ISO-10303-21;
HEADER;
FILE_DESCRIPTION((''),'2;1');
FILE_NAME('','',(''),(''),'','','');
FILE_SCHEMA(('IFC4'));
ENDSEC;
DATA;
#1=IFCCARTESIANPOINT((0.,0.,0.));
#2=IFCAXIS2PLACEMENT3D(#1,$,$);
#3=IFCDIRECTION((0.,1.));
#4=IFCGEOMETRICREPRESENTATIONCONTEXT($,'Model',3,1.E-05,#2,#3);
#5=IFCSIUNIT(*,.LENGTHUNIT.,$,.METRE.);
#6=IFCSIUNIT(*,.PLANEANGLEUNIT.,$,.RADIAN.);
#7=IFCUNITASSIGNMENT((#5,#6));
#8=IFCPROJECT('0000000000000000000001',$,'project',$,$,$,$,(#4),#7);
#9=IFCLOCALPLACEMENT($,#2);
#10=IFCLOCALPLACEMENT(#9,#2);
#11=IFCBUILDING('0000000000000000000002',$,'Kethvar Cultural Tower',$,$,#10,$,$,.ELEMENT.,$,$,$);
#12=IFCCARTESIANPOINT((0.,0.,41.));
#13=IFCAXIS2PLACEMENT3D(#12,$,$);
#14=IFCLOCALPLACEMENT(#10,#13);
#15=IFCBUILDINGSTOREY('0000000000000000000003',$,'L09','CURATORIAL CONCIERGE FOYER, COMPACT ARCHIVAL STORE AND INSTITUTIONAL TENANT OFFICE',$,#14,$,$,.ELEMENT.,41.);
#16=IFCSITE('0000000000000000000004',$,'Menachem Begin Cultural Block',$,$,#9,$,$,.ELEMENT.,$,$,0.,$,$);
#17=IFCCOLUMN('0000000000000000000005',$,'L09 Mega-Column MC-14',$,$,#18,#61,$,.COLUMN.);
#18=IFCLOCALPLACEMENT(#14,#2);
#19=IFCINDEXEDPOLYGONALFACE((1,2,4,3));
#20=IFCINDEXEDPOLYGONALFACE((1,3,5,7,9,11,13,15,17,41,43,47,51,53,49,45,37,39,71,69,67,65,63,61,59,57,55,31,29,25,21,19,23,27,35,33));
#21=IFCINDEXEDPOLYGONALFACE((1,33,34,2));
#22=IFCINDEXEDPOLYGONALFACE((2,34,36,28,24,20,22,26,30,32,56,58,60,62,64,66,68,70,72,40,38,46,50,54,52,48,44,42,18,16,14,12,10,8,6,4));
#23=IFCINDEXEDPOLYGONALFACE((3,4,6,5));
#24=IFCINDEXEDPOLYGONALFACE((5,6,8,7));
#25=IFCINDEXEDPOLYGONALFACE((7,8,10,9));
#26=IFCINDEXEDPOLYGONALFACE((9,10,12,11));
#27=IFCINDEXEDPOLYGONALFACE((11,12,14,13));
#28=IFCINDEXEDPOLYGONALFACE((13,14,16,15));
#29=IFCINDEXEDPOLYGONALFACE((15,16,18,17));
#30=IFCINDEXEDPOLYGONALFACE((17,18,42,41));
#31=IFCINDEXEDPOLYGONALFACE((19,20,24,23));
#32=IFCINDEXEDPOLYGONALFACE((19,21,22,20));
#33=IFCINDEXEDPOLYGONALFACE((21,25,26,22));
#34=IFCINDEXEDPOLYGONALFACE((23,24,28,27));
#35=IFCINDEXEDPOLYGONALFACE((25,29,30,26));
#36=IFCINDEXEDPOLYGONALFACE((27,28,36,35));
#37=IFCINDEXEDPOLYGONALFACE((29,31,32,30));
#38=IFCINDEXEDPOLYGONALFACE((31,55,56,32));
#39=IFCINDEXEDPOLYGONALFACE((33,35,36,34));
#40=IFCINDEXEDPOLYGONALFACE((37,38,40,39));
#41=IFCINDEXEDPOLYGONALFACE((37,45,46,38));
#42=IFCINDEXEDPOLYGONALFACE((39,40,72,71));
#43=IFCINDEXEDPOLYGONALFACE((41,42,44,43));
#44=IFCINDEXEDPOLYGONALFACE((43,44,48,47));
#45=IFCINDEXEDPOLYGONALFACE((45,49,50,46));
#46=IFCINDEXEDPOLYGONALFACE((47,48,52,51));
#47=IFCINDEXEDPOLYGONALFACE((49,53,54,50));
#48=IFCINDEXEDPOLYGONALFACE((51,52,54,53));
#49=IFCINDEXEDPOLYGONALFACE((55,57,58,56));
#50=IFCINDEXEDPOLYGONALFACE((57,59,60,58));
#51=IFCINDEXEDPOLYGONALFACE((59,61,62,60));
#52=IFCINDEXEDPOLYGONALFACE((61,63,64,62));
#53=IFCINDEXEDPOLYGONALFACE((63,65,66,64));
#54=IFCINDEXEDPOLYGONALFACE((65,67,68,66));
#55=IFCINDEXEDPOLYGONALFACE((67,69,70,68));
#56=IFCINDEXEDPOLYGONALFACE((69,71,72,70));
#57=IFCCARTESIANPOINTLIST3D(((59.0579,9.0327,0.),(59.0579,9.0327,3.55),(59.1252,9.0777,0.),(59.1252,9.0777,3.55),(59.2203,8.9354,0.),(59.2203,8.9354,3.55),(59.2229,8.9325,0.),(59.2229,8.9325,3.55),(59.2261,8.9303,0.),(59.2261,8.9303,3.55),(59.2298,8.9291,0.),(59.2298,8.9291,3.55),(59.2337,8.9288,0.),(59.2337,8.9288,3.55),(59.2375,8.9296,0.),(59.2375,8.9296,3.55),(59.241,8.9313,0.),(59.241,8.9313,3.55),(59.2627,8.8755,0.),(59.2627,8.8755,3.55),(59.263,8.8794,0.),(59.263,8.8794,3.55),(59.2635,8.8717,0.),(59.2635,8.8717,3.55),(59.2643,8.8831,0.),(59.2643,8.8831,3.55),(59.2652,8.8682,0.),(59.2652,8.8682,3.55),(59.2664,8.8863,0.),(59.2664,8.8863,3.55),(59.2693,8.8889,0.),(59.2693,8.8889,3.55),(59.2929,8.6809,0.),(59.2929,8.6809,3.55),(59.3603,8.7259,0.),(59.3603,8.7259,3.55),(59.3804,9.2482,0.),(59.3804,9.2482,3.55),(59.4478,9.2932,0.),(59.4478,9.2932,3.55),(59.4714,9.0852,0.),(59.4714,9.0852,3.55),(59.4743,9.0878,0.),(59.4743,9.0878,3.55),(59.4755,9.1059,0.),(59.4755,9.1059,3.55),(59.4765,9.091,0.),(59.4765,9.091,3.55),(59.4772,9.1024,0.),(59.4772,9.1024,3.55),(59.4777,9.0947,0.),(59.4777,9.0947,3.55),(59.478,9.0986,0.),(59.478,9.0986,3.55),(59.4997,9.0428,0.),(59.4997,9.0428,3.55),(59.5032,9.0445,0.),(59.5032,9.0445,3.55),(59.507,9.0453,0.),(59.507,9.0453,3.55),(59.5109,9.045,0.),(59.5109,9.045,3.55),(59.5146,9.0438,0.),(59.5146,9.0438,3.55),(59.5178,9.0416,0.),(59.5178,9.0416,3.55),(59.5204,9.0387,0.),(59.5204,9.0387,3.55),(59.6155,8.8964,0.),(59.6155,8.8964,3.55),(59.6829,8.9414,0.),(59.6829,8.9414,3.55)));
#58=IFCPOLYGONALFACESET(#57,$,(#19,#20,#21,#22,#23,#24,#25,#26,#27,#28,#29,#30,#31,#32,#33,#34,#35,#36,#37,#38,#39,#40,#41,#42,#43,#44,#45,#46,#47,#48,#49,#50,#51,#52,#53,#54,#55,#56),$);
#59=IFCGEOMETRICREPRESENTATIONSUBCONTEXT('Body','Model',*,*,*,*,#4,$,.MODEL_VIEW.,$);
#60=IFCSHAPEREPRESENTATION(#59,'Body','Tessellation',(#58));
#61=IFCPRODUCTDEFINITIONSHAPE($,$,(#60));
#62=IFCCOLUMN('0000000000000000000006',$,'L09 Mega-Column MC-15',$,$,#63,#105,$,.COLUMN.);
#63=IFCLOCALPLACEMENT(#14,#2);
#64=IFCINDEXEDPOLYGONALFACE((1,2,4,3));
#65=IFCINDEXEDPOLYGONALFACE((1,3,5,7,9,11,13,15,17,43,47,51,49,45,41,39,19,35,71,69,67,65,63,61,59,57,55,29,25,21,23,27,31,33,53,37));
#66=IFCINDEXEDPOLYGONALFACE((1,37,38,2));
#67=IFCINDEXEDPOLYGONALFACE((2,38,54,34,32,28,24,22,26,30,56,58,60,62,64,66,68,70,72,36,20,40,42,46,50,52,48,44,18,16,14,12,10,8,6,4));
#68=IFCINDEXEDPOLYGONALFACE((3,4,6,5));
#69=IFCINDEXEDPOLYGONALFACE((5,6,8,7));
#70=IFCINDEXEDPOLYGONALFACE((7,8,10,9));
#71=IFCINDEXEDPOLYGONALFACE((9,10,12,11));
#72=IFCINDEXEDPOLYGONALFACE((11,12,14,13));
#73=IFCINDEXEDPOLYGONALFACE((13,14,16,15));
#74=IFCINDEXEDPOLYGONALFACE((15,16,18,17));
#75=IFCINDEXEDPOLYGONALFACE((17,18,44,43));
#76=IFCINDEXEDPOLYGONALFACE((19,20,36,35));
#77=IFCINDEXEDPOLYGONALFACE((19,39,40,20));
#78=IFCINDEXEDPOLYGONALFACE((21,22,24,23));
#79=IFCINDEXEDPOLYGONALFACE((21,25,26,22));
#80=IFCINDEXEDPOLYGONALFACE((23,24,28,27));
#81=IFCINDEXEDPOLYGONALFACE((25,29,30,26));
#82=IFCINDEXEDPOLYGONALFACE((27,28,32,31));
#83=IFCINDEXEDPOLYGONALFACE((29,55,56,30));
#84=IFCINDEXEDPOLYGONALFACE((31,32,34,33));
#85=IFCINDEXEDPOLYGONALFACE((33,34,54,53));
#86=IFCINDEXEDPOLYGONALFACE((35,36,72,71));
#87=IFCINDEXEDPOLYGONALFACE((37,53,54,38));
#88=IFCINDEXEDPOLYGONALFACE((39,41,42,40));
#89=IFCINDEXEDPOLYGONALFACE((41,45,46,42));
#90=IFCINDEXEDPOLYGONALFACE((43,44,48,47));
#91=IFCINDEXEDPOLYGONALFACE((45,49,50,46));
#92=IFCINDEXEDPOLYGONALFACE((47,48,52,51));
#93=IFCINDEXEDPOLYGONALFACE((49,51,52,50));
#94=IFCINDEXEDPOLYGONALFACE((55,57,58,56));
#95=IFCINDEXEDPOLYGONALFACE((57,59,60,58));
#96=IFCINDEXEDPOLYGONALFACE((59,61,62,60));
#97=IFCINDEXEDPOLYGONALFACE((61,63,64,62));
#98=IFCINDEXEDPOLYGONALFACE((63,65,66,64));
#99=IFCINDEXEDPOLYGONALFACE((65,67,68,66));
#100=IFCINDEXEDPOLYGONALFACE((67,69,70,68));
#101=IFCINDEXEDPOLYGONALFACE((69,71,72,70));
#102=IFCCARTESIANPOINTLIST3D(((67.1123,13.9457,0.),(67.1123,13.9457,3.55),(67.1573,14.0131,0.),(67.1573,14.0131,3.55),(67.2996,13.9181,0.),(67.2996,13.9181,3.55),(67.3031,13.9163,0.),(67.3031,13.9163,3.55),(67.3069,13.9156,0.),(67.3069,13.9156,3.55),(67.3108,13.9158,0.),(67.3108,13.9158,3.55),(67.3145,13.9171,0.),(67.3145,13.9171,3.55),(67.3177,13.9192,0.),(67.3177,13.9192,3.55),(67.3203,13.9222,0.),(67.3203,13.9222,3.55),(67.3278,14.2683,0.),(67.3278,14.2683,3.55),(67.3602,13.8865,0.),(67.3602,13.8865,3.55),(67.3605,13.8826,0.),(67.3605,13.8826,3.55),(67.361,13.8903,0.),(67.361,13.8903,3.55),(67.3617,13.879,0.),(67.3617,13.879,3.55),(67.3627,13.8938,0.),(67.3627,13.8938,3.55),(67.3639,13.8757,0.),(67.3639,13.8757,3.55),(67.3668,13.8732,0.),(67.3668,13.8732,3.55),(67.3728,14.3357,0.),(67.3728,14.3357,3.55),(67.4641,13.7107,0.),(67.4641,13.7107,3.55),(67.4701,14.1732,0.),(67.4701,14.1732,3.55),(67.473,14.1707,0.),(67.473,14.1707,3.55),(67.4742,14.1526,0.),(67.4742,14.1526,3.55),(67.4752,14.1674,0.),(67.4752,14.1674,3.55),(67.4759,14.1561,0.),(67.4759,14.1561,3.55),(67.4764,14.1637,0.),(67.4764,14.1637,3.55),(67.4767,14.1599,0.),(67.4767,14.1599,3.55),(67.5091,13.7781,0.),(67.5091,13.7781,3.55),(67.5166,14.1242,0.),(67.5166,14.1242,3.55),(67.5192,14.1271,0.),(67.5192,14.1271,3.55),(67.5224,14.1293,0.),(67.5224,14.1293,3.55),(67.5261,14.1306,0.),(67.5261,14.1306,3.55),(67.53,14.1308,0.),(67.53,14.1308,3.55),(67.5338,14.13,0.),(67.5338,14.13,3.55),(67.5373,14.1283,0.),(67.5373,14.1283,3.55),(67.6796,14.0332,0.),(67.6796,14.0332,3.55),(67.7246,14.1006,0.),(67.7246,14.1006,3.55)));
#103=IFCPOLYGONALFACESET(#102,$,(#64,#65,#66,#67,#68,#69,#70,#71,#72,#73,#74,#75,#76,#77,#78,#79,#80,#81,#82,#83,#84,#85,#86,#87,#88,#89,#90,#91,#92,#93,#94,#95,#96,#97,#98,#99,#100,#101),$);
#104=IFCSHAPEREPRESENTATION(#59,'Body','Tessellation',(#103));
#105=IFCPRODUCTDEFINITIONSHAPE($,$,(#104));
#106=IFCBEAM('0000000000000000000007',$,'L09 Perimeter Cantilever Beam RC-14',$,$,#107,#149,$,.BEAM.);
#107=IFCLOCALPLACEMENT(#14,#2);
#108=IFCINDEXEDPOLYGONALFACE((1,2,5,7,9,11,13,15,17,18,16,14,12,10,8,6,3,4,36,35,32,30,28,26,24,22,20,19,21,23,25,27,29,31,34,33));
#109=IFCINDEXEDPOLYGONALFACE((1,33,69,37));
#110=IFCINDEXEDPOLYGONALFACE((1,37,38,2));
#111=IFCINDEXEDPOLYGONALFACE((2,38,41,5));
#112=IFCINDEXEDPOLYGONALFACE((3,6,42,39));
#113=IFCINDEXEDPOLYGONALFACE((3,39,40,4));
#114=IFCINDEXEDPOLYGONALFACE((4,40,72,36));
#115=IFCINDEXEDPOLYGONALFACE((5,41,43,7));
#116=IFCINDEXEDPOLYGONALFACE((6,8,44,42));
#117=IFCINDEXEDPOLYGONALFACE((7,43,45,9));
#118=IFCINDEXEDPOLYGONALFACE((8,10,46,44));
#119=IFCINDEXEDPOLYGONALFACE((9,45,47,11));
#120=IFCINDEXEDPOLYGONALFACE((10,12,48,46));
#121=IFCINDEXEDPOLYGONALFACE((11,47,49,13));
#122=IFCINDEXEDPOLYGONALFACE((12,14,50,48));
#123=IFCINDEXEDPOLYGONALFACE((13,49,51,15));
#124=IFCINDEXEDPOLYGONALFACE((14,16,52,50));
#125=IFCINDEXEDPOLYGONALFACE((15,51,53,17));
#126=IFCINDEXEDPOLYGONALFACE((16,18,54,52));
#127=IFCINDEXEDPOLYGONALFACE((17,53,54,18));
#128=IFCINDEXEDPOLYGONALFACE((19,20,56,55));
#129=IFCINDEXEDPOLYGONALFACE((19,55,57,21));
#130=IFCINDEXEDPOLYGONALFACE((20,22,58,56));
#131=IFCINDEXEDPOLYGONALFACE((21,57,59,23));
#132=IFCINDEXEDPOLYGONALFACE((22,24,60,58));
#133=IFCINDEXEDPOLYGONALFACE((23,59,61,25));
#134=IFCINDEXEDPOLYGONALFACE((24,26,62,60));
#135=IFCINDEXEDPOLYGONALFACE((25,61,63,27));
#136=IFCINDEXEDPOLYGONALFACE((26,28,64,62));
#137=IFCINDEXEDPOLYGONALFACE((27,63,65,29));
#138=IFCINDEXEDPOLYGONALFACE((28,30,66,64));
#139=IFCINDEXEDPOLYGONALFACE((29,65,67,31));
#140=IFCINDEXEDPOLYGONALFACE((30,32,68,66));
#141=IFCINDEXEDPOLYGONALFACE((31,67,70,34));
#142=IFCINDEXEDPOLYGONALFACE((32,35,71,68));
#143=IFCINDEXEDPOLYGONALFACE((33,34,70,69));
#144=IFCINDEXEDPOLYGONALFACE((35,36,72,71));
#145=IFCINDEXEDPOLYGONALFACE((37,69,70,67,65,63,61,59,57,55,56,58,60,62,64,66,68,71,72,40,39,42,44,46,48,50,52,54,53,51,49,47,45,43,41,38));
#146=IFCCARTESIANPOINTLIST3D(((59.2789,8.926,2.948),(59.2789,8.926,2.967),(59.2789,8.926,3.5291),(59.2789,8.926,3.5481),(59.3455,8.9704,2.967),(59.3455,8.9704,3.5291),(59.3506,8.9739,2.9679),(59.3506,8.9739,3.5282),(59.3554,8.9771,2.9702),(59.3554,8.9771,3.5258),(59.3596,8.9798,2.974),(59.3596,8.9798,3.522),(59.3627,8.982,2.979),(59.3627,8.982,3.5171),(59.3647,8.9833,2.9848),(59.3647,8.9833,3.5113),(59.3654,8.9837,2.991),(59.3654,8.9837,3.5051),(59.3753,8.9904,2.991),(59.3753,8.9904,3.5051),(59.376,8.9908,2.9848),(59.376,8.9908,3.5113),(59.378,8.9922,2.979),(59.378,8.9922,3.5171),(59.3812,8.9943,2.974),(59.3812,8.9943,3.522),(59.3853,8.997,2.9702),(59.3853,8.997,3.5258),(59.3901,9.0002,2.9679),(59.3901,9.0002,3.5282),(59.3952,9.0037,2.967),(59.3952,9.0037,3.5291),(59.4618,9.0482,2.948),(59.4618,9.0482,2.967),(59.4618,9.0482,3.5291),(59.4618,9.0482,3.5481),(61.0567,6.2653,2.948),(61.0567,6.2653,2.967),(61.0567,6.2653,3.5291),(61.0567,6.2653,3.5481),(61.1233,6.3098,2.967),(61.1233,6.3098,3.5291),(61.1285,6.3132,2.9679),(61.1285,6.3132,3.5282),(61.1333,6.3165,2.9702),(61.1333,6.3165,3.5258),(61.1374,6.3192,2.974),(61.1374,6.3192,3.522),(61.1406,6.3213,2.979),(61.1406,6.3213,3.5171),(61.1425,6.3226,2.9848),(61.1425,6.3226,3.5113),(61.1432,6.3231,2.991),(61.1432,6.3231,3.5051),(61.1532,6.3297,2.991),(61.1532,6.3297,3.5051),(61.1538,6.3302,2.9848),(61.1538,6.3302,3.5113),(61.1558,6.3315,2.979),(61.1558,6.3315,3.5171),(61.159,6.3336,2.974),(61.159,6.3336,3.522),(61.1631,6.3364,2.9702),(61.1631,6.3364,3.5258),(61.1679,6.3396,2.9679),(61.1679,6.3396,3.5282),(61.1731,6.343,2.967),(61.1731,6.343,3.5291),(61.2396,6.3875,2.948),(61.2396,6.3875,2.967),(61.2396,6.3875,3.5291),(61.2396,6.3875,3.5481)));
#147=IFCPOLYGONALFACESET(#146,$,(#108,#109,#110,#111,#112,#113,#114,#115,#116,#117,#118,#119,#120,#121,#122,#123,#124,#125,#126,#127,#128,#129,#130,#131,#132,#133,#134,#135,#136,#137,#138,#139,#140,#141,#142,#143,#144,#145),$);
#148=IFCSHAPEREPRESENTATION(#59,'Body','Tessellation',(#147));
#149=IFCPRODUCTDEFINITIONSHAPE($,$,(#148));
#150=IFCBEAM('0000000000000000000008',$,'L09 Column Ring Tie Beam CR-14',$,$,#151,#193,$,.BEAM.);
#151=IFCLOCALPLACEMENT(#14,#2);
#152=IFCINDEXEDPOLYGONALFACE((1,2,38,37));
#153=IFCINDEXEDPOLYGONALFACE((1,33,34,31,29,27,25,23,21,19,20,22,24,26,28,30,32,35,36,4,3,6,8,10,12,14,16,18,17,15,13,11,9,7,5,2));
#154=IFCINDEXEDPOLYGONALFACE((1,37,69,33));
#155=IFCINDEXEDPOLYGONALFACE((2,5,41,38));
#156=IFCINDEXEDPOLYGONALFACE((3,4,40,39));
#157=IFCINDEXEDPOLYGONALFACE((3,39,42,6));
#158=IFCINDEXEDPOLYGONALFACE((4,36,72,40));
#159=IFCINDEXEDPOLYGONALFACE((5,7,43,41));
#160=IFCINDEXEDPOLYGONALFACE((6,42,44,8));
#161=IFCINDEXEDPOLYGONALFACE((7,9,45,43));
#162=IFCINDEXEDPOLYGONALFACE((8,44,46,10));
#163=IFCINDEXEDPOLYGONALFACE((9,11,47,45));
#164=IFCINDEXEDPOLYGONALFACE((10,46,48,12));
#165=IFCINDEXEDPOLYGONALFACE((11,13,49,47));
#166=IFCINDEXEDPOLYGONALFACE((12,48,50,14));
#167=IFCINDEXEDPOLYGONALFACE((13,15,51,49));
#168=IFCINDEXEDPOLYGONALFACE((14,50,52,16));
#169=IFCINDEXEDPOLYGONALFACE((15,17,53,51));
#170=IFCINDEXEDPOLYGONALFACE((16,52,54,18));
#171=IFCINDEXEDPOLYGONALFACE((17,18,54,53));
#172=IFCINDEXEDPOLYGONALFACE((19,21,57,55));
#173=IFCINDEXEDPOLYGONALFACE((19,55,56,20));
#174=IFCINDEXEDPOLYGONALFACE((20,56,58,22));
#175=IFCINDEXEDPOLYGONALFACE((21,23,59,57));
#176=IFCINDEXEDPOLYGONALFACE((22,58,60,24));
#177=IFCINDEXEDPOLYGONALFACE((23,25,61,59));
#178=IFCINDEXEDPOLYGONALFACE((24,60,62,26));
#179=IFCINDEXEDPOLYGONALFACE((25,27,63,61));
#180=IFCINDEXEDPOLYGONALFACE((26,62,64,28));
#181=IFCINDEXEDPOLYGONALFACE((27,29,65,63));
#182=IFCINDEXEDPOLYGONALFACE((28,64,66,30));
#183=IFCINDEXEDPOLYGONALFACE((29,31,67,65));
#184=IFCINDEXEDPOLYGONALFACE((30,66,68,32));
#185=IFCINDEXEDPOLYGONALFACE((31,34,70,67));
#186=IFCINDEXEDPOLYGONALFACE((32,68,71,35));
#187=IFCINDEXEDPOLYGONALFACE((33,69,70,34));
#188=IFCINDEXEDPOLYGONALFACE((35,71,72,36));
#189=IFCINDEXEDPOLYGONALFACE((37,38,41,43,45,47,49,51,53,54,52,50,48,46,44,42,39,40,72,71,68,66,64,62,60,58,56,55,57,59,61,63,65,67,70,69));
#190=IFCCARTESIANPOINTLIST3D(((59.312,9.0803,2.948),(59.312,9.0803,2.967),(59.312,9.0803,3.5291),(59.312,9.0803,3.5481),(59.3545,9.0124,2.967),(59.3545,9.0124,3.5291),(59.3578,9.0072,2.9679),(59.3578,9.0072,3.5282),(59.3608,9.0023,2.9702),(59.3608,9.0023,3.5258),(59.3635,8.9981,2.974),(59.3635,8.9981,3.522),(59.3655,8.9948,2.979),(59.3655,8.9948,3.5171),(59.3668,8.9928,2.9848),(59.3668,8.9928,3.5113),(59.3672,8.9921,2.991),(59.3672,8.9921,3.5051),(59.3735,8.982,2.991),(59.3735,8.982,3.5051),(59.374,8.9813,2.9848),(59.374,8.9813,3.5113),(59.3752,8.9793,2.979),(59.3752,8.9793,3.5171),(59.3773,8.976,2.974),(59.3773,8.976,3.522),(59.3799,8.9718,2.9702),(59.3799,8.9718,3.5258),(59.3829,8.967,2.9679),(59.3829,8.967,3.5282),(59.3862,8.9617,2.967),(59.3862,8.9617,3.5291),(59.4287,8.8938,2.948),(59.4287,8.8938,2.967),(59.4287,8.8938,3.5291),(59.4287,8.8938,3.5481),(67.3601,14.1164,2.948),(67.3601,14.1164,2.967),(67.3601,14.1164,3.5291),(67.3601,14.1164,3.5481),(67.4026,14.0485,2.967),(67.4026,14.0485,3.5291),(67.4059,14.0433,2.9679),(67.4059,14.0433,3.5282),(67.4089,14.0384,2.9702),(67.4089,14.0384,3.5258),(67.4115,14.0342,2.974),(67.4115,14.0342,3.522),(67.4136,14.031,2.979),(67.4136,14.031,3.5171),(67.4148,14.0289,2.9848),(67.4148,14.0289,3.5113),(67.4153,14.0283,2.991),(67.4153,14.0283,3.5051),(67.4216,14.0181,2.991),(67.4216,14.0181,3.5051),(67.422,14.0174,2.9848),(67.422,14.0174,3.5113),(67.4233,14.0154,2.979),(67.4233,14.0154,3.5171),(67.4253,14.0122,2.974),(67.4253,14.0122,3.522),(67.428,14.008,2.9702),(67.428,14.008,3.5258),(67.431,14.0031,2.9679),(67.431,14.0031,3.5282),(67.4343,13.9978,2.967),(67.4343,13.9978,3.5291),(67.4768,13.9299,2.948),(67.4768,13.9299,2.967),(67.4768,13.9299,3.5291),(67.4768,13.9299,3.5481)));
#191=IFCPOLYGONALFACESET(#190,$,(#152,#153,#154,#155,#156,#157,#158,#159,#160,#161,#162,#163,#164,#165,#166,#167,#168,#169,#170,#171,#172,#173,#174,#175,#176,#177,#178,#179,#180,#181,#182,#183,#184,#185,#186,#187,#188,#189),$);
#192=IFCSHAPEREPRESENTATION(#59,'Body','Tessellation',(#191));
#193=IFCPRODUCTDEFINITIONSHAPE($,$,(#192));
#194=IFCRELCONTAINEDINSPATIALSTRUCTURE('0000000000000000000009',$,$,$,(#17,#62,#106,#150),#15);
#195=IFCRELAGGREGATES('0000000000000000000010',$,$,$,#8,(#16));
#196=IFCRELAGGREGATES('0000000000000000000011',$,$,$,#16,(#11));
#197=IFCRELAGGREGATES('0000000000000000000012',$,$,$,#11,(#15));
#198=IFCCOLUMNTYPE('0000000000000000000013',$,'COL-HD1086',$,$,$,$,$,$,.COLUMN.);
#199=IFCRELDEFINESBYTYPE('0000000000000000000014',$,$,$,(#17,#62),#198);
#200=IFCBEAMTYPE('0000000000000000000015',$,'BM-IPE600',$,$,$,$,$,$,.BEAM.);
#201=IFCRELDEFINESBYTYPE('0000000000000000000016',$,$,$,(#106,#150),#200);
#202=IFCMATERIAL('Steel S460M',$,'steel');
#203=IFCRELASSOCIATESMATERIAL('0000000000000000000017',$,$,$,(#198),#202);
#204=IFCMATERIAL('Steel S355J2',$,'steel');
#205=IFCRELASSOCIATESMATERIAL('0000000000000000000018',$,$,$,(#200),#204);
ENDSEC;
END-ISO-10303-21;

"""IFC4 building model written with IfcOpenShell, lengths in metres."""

from ifc_helpers import new_model, si_unit, direction, frame, origin, origin_2d, place, context, subcontext, project, spatial, i_section, extrude, source, transform, mapped, material, material_profile, profile_set, type_object, element, save


model = new_model("IFC4")

# Units and contexts
model_context = context("Model", 3, precision=1e-05, world=origin(), true_north=direction((0.0, 1.0)))
body_context = subcontext(model_context, "Body", "Model", "MODEL_VIEW")
ifc_project = project(units=[si_unit("LENGTHUNIT", "METRE"), si_unit("PLANEANGLEUNIT", "RADIAN")], contexts=[model_context])

# Site, building, storey
site_placement = place(None, origin())
site = spatial("IfcSite", under=ifc_project, at=site_placement, Name="Menachem Begin Cultural Block", CompositionType="ELEMENT", RefElevation=0.0)
building_placement = place(site_placement, origin())
building = spatial("IfcBuilding", under=site, at=building_placement, Name="Kethvar Cultural Tower", CompositionType="ELEMENT")
storey_placement = place(building_placement, frame((0.0, 0.0, 41.0)))
storey = spatial("IfcBuildingStorey", under=building, at=storey_placement, Name="L09", Description="CURATORIAL CONCIERGE FOYER, COMPACT ARCHIVAL STORE AND INSTITUTIONAL TENANT OFFICE", CompositionType="ELEMENT", Elevation=41.0)

# Columns
ifc_material_1 = material(Name="Steel S460M", Category="steel")
ifc_material_profile_1 = material_profile(ifc_material_1, i_section(OverallWidth=0.4231, OverallDepth=0.469, WebThickness=0.051, FlangeThickness=0.0811, FilletRadius=0.0149, at=origin_2d()), Name="Steel S460M — HD400x1086")
ifc_profile_set_1 = profile_set([ifc_material_profile_1], Name="Steel S460M — HD400x1086")
column_type = type_object("IfcColumnType", Name="COL-HD1086", PredefinedType="COLUMN", material=ifc_profile_set_1)
shared_shape_1 = source(origin(), body_context, "Body", "SweptSolid", [
    extrude(i_section(OverallWidth=0.4231, OverallDepth=0.469, WebThickness=0.051, FlangeThickness=0.0811, FilletRadius=0.0149, at=origin_2d()), origin(), (0.0, 0.0, 1.0), 3.55),
])
for number, where, z_axis, x_axis, name in (
    (1, (59.3704, 8.9871, 0.0), (0.0, 0.0, 1.0), (0.55557, -0.83147, 0.0), "L09 Mega-Column MC-14"),
    (2, (67.4185, 14.0232, 0.0), (0.0, 0.0, 1.0), (0.83147, -0.55557, 0.0), "L09 Mega-Column MC-15"),
):
    element("IfcColumn", number, at=place(storey_placement, frame(where, z_axis=z_axis, x_axis=x_axis)), inside=storey, type_object=column_type, Name=name, PredefinedType="COLUMN", context=body_context, shape_type="MappedRepresentation", body=[
        mapped(shared_shape_1, transform((0.0, 0.0, 0.0), scale=1.0)),
    ])

# Beams
ifc_material_2 = material(Name="Steel S355J2", Category="steel")
ifc_material_profile_2 = material_profile(ifc_material_2, i_section(OverallWidth=0.22, OverallDepth=0.6001, WebThickness=0.012, FlangeThickness=0.019, FilletRadius=0.0239, at=origin_2d()), Name="Steel S355J2 — IPE600")
ifc_profile_set_2 = profile_set([ifc_material_profile_2], Name="Steel S355J2 — IPE600")
beam_type_1 = type_object("IfcBeamType", Name="BM-IPE600", PredefinedType="BEAM", material=ifc_profile_set_2)
shared_shape_2 = source(origin(), body_context, "Body", "SweptSolid", [
    extrude(i_section(OverallWidth=0.22, OverallDepth=0.6001, WebThickness=0.012, FlangeThickness=0.019, FilletRadius=0.0239, at=origin_2d()), origin(), (0.0, 0.0, 1.0), 3.2),
])
beam_1_placement = place(storey_placement, frame((59.3704, 8.9871, 3.248), z_axis=(0.55558, -0.831463, 0.0), x_axis=(0.831463, 0.55558, 0.0)))
element("IfcBeam", 3, at=beam_1_placement, inside=storey, type_object=beam_type_1, Name="L09 Perimeter Cantilever Beam RC-14", PredefinedType="BEAM", context=body_context, shape_type="MappedRepresentation", body=[
    mapped(shared_shape_2, transform((0.0, 0.0, 0.0), scale=1.0)),
])
shared_shape_3 = source(origin(), body_context, "Body", "SweptSolid", [
    extrude(i_section(OverallWidth=0.22, OverallDepth=0.6001, WebThickness=0.012, FlangeThickness=0.019, FilletRadius=0.0239, at=origin_2d()), origin(), (0.0, 0.0, 1.0), 9.4939),
])
beam_2_placement = place(storey_placement, frame((59.3704, 8.9871, 3.248), z_axis=(0.847711, 0.530459, 0.0), x_axis=(-0.530459, 0.847711, 0.0)))
element("IfcBeam", 4, at=beam_2_placement, inside=storey, type_object=beam_type_1, Name="L09 Column Ring Tie Beam CR-14", PredefinedType="BEAM", context=body_context, shape_type="MappedRepresentation", body=[
    mapped(shared_shape_3, transform((0.0, 0.0, 0.0), scale=1.0)),
])

save(model, "model.ifc")
